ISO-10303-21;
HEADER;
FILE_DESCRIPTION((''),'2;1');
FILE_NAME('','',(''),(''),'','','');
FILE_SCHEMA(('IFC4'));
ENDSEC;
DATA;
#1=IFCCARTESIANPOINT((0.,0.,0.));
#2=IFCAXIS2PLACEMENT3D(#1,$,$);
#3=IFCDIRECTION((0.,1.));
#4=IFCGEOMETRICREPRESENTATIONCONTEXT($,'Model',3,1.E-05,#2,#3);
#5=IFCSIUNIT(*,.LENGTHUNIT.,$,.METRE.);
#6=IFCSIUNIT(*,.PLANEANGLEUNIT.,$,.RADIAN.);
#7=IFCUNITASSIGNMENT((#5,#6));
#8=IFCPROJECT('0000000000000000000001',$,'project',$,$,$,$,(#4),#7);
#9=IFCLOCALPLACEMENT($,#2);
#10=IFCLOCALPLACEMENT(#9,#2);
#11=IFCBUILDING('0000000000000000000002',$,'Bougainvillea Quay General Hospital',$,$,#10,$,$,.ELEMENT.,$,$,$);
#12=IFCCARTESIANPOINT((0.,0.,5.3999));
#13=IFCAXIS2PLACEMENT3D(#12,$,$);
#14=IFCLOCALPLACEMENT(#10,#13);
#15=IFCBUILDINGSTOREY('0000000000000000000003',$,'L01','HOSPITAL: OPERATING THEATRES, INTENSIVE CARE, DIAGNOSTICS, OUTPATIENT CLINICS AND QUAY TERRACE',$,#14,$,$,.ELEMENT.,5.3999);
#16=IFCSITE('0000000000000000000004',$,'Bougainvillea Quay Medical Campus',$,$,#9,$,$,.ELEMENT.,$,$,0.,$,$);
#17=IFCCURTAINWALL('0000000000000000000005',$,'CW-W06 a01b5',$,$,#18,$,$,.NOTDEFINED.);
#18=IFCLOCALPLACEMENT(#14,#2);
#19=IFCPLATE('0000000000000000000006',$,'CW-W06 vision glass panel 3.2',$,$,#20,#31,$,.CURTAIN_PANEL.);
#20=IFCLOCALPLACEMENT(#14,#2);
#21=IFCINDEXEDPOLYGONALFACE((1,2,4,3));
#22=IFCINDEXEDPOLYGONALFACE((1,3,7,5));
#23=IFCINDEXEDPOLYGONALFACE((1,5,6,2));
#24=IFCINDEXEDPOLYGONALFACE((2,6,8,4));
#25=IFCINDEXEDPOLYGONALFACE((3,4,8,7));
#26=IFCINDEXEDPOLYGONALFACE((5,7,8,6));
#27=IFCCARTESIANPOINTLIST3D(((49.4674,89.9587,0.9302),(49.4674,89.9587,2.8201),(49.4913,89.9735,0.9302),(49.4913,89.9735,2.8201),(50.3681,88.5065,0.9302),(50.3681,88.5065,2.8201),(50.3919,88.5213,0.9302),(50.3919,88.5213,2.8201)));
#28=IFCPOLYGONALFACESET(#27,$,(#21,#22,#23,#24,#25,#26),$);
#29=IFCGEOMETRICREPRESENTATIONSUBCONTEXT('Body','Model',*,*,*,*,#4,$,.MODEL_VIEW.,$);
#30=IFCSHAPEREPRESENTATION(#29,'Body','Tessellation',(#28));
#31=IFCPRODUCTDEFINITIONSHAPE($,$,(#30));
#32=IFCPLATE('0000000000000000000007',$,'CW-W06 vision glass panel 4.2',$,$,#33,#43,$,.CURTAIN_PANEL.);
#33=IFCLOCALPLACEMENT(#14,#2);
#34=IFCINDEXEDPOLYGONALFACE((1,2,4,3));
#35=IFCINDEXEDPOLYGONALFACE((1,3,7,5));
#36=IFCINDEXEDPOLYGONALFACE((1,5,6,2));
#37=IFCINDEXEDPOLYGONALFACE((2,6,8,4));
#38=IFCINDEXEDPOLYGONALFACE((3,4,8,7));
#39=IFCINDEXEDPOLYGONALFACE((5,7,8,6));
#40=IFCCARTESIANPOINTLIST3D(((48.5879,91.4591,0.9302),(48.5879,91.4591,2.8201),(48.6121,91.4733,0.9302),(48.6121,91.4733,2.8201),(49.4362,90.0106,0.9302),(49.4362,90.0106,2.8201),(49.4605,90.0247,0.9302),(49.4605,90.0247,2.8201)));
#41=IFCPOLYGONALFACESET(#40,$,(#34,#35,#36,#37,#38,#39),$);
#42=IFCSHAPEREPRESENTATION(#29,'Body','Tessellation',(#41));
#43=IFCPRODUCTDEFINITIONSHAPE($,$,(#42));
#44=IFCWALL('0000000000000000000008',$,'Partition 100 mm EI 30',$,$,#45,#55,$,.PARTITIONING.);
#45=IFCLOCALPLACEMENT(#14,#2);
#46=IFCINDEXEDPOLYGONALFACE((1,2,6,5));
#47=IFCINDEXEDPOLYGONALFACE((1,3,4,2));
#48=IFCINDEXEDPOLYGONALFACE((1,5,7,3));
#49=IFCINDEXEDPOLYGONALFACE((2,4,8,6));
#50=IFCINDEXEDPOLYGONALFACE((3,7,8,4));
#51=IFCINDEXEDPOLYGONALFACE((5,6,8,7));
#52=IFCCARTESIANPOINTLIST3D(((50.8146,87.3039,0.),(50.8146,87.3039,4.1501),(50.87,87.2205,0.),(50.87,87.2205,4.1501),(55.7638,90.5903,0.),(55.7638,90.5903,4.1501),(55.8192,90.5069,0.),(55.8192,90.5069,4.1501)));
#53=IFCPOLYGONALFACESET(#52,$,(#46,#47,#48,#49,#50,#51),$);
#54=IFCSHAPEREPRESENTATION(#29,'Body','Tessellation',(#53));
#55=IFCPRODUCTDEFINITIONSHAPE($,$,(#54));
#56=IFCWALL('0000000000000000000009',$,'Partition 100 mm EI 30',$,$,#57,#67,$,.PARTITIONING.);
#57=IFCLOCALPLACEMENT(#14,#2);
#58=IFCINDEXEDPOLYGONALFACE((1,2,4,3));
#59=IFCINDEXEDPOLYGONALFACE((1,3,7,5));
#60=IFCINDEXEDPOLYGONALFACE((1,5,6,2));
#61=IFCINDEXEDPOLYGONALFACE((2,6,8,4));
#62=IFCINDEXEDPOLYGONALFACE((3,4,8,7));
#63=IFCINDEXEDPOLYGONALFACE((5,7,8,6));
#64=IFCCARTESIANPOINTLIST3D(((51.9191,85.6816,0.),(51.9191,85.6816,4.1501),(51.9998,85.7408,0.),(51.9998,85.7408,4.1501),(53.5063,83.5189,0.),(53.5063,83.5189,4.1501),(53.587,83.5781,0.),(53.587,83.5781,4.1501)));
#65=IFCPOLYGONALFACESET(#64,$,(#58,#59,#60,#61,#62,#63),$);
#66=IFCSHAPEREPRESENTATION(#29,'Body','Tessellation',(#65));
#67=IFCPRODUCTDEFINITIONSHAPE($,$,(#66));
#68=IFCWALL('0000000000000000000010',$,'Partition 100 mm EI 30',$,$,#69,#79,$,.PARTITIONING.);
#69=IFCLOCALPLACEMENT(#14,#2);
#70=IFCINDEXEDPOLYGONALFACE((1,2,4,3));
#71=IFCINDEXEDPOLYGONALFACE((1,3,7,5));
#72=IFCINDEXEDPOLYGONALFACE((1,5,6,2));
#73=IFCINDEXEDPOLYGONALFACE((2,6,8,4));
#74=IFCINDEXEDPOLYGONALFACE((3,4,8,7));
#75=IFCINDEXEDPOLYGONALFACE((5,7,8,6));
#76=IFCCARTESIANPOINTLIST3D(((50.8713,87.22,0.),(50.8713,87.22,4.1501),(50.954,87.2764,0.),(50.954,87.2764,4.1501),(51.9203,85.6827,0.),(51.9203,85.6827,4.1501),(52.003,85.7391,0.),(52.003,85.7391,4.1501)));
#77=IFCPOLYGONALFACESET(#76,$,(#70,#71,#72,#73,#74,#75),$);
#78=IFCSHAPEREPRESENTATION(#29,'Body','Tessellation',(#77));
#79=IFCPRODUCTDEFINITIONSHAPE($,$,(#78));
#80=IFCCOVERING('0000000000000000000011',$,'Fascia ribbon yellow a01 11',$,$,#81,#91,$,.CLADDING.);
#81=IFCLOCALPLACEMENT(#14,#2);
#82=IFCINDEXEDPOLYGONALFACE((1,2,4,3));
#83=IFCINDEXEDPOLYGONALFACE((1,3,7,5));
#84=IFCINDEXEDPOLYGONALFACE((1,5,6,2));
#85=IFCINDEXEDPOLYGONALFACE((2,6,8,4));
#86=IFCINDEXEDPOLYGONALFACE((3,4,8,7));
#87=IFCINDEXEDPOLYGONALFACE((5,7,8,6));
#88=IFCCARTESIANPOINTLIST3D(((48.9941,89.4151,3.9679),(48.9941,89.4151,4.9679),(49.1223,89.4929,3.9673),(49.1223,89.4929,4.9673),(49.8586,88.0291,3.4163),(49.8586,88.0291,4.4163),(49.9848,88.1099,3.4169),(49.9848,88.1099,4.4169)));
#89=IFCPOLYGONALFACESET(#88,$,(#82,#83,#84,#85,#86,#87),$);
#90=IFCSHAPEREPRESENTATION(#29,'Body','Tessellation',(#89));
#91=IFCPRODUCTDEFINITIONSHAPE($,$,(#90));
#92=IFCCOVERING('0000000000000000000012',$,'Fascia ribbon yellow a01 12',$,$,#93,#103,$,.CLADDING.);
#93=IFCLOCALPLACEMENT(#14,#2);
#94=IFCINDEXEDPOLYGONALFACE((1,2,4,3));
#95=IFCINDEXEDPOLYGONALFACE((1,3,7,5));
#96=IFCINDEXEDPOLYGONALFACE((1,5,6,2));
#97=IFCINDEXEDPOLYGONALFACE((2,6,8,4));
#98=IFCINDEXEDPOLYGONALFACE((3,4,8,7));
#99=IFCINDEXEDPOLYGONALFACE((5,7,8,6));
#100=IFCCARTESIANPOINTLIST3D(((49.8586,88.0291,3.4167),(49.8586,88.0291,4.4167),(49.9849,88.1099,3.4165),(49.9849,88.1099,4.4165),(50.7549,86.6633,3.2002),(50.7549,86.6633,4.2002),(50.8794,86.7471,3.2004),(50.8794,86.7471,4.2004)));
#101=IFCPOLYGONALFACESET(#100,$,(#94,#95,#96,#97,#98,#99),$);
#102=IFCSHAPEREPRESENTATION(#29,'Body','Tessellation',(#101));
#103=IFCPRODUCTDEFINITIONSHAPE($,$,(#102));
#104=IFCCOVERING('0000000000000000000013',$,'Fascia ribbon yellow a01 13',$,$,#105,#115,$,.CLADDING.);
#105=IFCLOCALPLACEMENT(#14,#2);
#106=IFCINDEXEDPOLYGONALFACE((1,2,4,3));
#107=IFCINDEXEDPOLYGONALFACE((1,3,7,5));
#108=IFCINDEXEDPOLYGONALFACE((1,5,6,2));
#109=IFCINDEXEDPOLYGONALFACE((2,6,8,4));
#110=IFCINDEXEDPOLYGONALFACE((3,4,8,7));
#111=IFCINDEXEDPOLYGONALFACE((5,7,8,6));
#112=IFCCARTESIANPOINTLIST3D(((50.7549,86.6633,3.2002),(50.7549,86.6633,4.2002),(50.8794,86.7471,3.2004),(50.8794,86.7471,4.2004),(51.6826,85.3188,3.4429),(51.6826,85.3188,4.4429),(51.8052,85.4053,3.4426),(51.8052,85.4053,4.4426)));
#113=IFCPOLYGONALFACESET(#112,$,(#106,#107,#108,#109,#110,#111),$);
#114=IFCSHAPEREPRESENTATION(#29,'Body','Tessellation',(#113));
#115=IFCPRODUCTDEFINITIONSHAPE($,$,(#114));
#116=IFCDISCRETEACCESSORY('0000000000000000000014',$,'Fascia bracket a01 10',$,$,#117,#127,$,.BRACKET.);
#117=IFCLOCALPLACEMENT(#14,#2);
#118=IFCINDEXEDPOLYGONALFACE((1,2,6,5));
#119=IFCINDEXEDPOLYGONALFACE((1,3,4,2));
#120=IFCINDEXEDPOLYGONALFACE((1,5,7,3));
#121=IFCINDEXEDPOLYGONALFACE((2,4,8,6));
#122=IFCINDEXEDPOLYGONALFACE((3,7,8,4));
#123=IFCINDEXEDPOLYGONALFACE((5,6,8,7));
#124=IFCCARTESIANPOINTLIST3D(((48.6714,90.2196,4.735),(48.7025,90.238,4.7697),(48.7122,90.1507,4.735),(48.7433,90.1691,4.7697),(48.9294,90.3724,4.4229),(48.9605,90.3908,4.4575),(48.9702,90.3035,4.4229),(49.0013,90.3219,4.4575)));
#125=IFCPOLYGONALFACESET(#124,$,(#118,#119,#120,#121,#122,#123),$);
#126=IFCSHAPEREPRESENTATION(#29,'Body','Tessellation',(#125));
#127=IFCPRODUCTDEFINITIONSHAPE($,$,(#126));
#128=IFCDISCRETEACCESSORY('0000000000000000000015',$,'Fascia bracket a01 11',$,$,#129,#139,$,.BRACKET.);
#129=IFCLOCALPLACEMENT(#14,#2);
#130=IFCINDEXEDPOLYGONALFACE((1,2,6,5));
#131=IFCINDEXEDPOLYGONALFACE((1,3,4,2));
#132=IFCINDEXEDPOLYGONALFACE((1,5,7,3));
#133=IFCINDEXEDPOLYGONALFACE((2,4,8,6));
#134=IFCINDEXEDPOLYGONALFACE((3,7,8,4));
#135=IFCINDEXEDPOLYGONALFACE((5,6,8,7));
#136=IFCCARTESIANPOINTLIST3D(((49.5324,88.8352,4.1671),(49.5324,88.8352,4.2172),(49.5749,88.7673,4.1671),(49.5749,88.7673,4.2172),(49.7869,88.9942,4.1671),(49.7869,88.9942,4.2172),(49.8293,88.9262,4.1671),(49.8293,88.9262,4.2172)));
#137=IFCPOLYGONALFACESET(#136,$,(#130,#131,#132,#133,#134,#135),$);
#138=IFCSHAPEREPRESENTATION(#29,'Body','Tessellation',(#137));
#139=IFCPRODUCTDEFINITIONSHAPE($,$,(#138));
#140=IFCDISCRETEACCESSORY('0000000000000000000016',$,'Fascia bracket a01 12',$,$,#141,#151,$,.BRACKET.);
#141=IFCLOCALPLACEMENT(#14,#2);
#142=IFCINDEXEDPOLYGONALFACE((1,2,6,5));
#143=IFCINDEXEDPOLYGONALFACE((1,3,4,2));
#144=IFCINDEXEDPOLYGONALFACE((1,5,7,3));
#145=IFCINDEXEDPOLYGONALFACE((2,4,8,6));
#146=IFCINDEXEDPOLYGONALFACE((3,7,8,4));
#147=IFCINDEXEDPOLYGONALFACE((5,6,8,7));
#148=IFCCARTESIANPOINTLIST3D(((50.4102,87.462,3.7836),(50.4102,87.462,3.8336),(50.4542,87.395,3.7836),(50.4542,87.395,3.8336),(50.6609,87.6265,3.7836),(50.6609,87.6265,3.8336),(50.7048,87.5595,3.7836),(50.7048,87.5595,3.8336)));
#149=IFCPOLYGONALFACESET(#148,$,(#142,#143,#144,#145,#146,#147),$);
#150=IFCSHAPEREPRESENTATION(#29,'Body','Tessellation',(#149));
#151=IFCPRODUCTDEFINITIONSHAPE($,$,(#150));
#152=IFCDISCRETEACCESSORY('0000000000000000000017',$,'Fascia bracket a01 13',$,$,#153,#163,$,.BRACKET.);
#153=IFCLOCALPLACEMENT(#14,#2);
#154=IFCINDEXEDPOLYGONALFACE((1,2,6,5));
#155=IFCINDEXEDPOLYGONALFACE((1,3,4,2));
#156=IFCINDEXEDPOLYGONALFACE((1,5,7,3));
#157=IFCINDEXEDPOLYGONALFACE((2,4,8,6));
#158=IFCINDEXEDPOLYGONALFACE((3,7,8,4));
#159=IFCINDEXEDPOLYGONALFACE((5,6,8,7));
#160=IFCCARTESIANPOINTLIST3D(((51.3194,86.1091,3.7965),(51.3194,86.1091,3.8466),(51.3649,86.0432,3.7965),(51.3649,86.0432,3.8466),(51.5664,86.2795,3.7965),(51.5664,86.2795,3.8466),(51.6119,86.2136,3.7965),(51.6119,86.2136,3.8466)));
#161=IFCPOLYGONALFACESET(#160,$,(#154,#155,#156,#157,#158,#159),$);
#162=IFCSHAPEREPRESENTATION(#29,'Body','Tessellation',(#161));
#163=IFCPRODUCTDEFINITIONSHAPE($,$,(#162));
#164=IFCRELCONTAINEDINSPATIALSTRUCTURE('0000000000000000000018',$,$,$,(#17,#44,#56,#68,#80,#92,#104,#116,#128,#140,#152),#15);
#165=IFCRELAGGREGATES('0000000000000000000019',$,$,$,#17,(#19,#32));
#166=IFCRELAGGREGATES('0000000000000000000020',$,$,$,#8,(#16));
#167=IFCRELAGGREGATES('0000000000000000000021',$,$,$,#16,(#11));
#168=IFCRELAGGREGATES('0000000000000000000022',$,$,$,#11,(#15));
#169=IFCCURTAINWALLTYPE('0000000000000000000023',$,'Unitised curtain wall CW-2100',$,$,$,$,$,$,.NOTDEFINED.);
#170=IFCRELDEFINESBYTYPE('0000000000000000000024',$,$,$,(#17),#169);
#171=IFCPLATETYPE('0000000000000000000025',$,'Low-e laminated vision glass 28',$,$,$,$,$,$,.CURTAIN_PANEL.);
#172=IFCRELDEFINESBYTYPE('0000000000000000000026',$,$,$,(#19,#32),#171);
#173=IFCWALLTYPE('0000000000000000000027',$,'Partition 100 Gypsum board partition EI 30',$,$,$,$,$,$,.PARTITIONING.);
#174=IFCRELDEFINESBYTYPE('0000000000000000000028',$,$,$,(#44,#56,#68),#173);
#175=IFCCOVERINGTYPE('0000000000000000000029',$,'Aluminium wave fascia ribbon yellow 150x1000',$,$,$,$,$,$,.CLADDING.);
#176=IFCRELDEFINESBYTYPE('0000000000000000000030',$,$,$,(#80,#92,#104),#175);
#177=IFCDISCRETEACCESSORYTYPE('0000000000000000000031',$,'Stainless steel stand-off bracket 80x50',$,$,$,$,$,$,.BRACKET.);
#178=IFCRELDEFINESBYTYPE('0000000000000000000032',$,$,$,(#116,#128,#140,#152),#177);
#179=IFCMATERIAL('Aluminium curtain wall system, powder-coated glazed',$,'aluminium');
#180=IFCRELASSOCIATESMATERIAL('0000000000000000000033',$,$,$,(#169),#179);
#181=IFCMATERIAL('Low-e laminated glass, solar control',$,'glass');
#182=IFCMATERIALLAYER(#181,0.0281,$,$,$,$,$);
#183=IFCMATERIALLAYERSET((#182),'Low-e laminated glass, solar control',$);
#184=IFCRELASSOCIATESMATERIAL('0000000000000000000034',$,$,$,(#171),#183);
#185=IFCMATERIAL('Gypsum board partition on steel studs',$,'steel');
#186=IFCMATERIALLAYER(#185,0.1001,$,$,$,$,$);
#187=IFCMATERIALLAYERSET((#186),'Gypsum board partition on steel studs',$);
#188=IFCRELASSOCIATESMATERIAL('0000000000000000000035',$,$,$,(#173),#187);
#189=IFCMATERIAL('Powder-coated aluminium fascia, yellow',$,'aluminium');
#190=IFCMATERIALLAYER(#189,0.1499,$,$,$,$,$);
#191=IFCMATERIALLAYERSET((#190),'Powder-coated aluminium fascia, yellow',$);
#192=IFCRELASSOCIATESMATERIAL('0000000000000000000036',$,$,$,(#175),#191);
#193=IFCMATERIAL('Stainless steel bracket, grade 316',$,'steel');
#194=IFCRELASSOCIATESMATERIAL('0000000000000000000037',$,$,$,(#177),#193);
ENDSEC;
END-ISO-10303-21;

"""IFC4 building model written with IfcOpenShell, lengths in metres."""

from ifc_helpers import new_model, si_unit, direction, frame, frame_2d, origin, origin_2d, place, context, subcontext, project, spatial, polyline, rectangle, outline, extrude, material, layer, layer_set, material_profile, profile_set, type_object, element, aggregate, save


model = new_model("IFC4")

# Units and contexts
model_context = context("Model", 3, precision=1e-05, world=origin(), true_north=direction((0.0, 1.0)))
body_context = subcontext(model_context, "Body", "Model", "MODEL_VIEW")
ifc_project = project(units=[si_unit("LENGTHUNIT", "METRE"), si_unit("PLANEANGLEUNIT", "RADIAN")], contexts=[model_context])

# Site, building, storey
site_placement = place(None, origin())
site = spatial("IfcSite", under=ifc_project, at=site_placement, Name="Bougainvillea Quay Medical Campus", CompositionType="ELEMENT", RefElevation=0.0)
building_placement = place(site_placement, origin())
building = spatial("IfcBuilding", under=site, at=building_placement, Name="Bougainvillea Quay General Hospital", CompositionType="ELEMENT")
storey_placement = place(building_placement, frame((0.0, 0.0, 5.3999)))
storey = spatial("IfcBuildingStorey", under=building, at=storey_placement, Name="L01", Description="HOSPITAL: OPERATING THEATRES, INTENSIVE CARE, DIAGNOSTICS, OUTPATIENT CLINICS AND QUAY TERRACE", CompositionType="ELEMENT", Elevation=5.3999)

# Curtain wall, plates
ifc_material_1 = material(Name="Aluminium curtain wall system, powder-coated glazed", Category="aluminium")
curtain_wall_type = type_object("IfcCurtainWallType", Name="Unitised curtain wall CW-2100", PredefinedType="NOTDEFINED", material=ifc_material_1)
curtain_wall_placement = place(storey_placement, origin())
curtain_wall = element("IfcCurtainWall", 1, at=curtain_wall_placement, inside=storey, type_object=curtain_wall_type, Name="CW-W06 a01b5", PredefinedType="NOTDEFINED")
ifc_material_2 = material(Name="Low-e laminated glass, solar control", Category="glass")
ifc_layer_1 = layer(ifc_material_2, 0.0281)
ifc_layer_set_1 = layer_set([ifc_layer_1], Name="Low-e laminated glass, solar control")
plate_type_1 = type_object("IfcPlateType", Name="Low-e laminated vision glass 28", PredefinedType="CURTAIN_PANEL", material=ifc_layer_set_1)
plate_1_placement = place(storey_placement, frame((49.9297, 89.24, 0.9302), z_axis=(0.0, 0.0, 1.0), x_axis=(-0.527067, 0.849824, 0.0)))
plate_1 = element("IfcPlate", 2, at=plate_1_placement, type_object=plate_type_1, Name="CW-W06 vision glass panel 3.2", PredefinedType="CURTAIN_PANEL", context=body_context, shape_type="SweptSolid", body=[
    extrude(rectangle(XDim=1.7087, YDim=0.0281, at=origin_2d()), origin(), (0.0, 0.0, 1.0), 1.8899),
])
plate_2_placement = place(storey_placement, frame((49.0242, 90.7419, 0.9302), z_axis=(0.0, 0.0, 1.0), x_axis=(-0.505349, 0.862915, 0.0)))
plate_2 = element("IfcPlate", 3, at=plate_2_placement, type_object=plate_type_1, Name="CW-W06 vision glass panel 4.2", PredefinedType="CURTAIN_PANEL", context=body_context, shape_type="SweptSolid", body=[
    extrude(rectangle(XDim=1.6787, YDim=0.0281, at=origin_2d()), origin(), (0.0, 0.0, 1.0), 1.8899),
])
aggregate(curtain_wall, [plate_1, plate_2])

# Walls
ifc_material_3 = material(Name="Gypsum board partition on steel studs", Category="steel")
ifc_layer_2 = layer(ifc_material_3, 0.1001)
ifc_layer_set_2 = layer_set([ifc_layer_2], Name="Gypsum board partition on steel studs")
wall_type = type_object("IfcWallType", Name="Partition 100 Gypsum board partition EI 30", PredefinedType="PARTITIONING", material=ifc_layer_set_2)
wall_1_placement = place(storey_placement, frame((50.8423, 87.2622, 0.0), z_axis=(0.0, 0.0, 1.0), x_axis=(0.833067, 0.553172, 0.0)))
element("IfcWall", 4, at=wall_1_placement, inside=storey, type_object=wall_type, Name="Partition 100 mm EI 30", PredefinedType="PARTITIONING", context=body_context, shape_type="SweptSolid", body=[
    extrude(rectangle(XDim=5.9409, YDim=0.1001, at=frame_2d((2.9705, 0.0))), origin(), (0.0, 0.0, 1.0), 4.1501),
])
wall_2_placement = place(storey_placement, frame((51.9595, 85.7112, 0.0), z_axis=(0.0, 0.0, 1.0), x_axis=(0.591667, -0.806182, 0.0)))
element("IfcWall", 5, at=wall_2_placement, inside=storey, type_object=wall_type, Name="Partition 100 mm EI 30", PredefinedType="PARTITIONING", context=body_context, shape_type="SweptSolid", body=[
    extrude(rectangle(XDim=2.6826, YDim=0.1001, at=frame_2d((1.3413, 0.0))), origin(), (0.0, 0.0, 1.0), 4.1501),
])
wall_3_placement = place(storey_placement, frame((50.9126, 87.2483, 0.0), z_axis=(0.0, 0.0, 1.0), x_axis=(0.563658, -0.826008, 0.0)))
element("IfcWall", 6, at=wall_3_placement, inside=storey, type_object=wall_type, Name="Partition 100 mm EI 30", PredefinedType="PARTITIONING", context=body_context, shape_type="SweptSolid", body=[
    extrude(rectangle(XDim=1.8611, YDim=0.1001, at=frame_2d((0.9307, 0.0))), origin(), (0.0, 0.0, 1.0), 4.1501),
])

# Coverings
ifc_material_4 = material(Name="Powder-coated aluminium fascia, yellow", Category="aluminium")
ifc_layer_3 = layer(ifc_material_4, 0.1499)
ifc_layer_set_3 = layer_set([ifc_layer_3], Name="Powder-coated aluminium fascia, yellow")
covering_type = type_object("IfcCoveringType", Name="Aluminium wave fascia ribbon yellow 150x1000", PredefinedType="CLADDING", material=ifc_layer_set_3)
covering_1_placement = place(storey_placement, frame((49.1223, 89.4929, 3.9673), z_axis=(0.169335, -0.271456, 0.947437), x_axis=(0.501362, -0.803911, -0.319942)))
element("IfcCovering", 7, at=covering_1_placement, inside=storey, type_object=covering_type, Name="Fascia ribbon yellow a01 11", PredefinedType="CLADDING", context=body_context, shape_type="SweptSolid", body=[
    extrude(outline(polyline([(0.0, 0.0), (1.7204, 0.0), (1.7223, -0.1499), (-0.0019, -0.15), (0.0, 0.0)])), origin(), (-0.319942, -0.000032, 0.947437), 1.0),
])
covering_2_placement = place(storey_placement, frame((49.9849, 88.1099, 3.4165), z_axis=(0.072099, -0.10986, 0.991329), x_axis=(0.543983, -0.828743, -0.131405)))
element("IfcCovering", 8, at=covering_2_placement, inside=storey, type_object=covering_type, Name="Fascia ribbon yellow a01 12", PredefinedType="CLADDING", context=body_context, shape_type="SweptSolid", body=[
    extrude(outline(polyline([(0.0, 0.0), (1.6444, 0.0), (1.6461, -0.15), (-0.0017, -0.1499), (0.0, 0.0)])), origin(), (-0.131405, 0.00001, 0.991329), 1.0),
])
covering_3_placement = place(storey_placement, frame((50.8794, 86.7471, 3.2004), z_axis=(-0.083353, 0.121024, 0.989144), x_axis=(0.561736, -0.814161, 0.14695)))
element("IfcCovering", 9, at=covering_3_placement, inside=storey, type_object=covering_type, Name="Fascia ribbon yellow a01 13", PredefinedType="CLADDING", context=body_context, shape_type="SweptSolid", body=[
    extrude(outline(polyline([(0.0, 0.0), (1.6481, 0.0), (1.6496, -0.15), (-0.0018, -0.15), (0.0, 0.0)])), origin(), (0.14695, -0.00012, 0.989144), 1.0),
])

# Discrete accessories
ifc_material_5 = material(Name="Stainless steel bracket, grade 316", Category="steel")
ifc_material_profile_1 = material_profile(ifc_material_5, rectangle(XDim=0.0801, YDim=0.05, at=origin_2d()))
ifc_profile_set_1 = profile_set([ifc_material_profile_1], Name="Stainless steel bracket, grade 316")
discrete_accessory_type = type_object("IfcDiscreteAccessoryType", Name="Stainless steel stand-off bracket 80x50", PredefinedType="BRACKET", material=ifc_profile_set_1)
discrete_accessory_1_placement = place(storey_placement, frame((48.9653, 90.3472, 4.4402), z_axis=(-0.596028, -0.352993, 0.721211), x_axis=(0.509579, -0.860424, 0.0)))
element("IfcDiscreteAccessory", 10, at=discrete_accessory_1_placement, inside=storey, type_object=discrete_accessory_type, Name="Fascia bracket a01 10", PredefinedType="BRACKET", context=body_context, shape_type="SweptSolid", body=[
    extrude(rectangle(XDim=0.0801, YDim=0.05, at=origin_2d()), origin(), (0.0, 0.0, 1.0), 0.4329),
])
discrete_accessory_2_placement = place(storey_placement, frame((49.8081, 88.9602, 4.1921), z_axis=(-0.84809, -0.529853, 0.0), x_axis=(0.529853, -0.84809, 0.0)))
element("IfcDiscreteAccessory", 11, at=discrete_accessory_2_placement, inside=storey, type_object=discrete_accessory_type, Name="Fascia bracket a01 11", PredefinedType="BRACKET", context=body_context, shape_type="SweptSolid", body=[
    extrude(rectangle(XDim=0.0801, YDim=0.05, at=origin_2d()), origin(), (0.0, 0.0, 1.0), 0.3),
])
discrete_accessory_3_placement = place(storey_placement, frame((50.6829, 87.593, 3.8086), z_axis=(-0.836036, -0.548674, 0.0), x_axis=(0.548674, -0.836036, 0.0)))
element("IfcDiscreteAccessory", 12, at=discrete_accessory_3_placement, inside=storey, type_object=discrete_accessory_type, Name="Fascia bracket a01 12", PredefinedType="BRACKET", context=body_context, shape_type="SweptSolid", body=[
    extrude(rectangle(XDim=0.0801, YDim=0.05, at=origin_2d()), origin(), (0.0, 0.0, 1.0), 0.2998),
])
discrete_accessory_4_placement = place(storey_placement, frame((51.5891, 86.2466, 3.8215), z_axis=(-0.822924, -0.568151, 0.0), x_axis=(0.568151, -0.822924, 0.0)))
element("IfcDiscreteAccessory", 13, at=discrete_accessory_4_placement, inside=storey, type_object=discrete_accessory_type, Name="Fascia bracket a01 13", PredefinedType="BRACKET", context=body_context, shape_type="SweptSolid", body=[
    extrude(rectangle(XDim=0.0801, YDim=0.05, at=origin_2d()), origin(), (0.0, 0.0, 1.0), 0.3),
])

save(model, "model.ifc")
